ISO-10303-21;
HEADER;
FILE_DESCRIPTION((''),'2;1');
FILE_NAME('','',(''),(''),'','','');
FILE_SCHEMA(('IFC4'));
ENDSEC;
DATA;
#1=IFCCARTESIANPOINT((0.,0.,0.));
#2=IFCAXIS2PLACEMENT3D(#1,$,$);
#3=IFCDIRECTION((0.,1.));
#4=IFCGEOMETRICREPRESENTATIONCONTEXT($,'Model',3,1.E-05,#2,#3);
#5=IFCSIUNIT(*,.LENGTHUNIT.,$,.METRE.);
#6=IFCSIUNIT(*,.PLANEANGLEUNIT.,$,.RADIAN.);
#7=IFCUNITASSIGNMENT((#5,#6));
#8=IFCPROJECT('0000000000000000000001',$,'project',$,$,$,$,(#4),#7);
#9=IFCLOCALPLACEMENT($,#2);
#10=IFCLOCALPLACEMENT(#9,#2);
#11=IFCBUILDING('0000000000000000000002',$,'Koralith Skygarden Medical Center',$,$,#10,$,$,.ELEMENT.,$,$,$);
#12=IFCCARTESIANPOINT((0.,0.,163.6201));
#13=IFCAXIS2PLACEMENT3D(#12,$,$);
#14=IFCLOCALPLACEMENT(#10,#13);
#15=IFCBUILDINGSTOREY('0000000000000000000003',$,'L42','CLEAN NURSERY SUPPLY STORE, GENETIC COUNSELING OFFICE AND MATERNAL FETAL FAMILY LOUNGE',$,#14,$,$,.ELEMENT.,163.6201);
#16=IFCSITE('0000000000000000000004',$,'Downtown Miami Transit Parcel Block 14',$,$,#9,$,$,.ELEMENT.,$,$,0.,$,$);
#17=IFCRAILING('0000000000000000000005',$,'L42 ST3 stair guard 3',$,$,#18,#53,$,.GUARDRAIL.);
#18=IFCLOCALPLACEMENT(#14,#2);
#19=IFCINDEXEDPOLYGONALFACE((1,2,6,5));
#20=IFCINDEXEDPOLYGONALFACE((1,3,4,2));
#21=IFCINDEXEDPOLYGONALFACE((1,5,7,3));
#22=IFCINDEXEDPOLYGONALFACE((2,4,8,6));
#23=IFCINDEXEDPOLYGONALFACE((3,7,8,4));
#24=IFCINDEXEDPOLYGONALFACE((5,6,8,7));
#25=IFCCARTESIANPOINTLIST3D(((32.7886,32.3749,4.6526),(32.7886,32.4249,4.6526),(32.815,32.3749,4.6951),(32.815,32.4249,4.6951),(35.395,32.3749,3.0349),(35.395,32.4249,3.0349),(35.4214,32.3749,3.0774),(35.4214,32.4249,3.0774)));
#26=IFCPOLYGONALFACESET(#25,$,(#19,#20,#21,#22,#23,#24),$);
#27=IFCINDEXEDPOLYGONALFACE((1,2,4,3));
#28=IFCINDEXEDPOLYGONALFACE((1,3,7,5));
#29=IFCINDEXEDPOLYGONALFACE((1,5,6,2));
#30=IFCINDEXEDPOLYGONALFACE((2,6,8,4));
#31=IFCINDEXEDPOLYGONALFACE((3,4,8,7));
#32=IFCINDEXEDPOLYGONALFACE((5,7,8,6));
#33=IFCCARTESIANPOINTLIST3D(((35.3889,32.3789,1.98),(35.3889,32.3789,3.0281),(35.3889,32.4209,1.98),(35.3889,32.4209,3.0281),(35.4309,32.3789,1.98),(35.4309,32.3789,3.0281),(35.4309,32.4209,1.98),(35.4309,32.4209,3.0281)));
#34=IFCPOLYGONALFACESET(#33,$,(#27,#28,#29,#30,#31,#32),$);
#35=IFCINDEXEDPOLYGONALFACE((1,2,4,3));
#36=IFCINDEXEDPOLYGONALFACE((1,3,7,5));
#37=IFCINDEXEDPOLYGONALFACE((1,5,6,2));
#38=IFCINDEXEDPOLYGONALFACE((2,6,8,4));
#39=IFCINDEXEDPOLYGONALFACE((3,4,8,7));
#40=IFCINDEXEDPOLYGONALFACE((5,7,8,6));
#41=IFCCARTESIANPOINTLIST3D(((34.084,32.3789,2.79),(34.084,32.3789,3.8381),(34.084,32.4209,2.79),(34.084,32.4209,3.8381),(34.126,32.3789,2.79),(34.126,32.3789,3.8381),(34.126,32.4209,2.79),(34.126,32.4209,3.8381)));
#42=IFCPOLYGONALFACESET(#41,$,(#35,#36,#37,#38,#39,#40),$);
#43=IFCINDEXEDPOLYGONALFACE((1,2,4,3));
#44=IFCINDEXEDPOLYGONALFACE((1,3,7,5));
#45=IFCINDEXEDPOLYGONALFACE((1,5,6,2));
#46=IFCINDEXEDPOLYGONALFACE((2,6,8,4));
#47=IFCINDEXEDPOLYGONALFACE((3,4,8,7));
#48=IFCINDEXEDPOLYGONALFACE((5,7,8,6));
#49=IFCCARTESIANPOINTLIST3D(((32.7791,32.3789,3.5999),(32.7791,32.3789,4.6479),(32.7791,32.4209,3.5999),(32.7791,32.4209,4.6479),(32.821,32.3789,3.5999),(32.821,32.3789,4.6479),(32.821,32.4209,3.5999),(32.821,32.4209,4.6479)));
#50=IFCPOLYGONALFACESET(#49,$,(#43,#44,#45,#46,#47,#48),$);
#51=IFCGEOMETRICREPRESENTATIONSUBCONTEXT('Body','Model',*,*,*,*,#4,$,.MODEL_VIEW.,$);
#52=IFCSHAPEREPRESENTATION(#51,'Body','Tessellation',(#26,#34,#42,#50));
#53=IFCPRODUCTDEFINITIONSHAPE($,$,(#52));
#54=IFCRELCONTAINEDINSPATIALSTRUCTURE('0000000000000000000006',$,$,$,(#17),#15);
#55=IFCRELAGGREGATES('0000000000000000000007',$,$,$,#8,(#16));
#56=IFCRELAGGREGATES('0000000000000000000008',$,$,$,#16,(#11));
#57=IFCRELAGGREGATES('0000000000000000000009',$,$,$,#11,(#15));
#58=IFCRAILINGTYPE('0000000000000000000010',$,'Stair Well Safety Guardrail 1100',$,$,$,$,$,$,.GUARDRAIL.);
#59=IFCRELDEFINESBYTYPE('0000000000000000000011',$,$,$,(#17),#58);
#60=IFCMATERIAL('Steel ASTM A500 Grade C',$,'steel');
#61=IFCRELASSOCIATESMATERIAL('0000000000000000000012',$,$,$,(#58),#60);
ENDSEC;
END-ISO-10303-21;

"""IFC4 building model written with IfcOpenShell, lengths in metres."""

from ifc_helpers import new_model, si_unit, direction, frame, origin, origin_2d, place, context, subcontext, project, spatial, rectangle, extrude, material, type_object, element, save


model = new_model("IFC4")

# Units and contexts
model_context = context("Model", 3, precision=1e-05, world=origin(), true_north=direction((0.0, 1.0)))
body_context = subcontext(model_context, "Body", "Model", "MODEL_VIEW")
ifc_project = project(units=[si_unit("LENGTHUNIT", "METRE"), si_unit("PLANEANGLEUNIT", "RADIAN")], contexts=[model_context])

# Site, building, storey
site_placement = place(None, origin())
site = spatial("IfcSite", under=ifc_project, at=site_placement, Name="Downtown Miami Transit Parcel Block 14", CompositionType="ELEMENT", RefElevation=0.0)
building_placement = place(site_placement, origin())
building = spatial("IfcBuilding", under=site, at=building_placement, Name="Koralith Skygarden Medical Center", CompositionType="ELEMENT")
storey_placement = place(building_placement, frame((0.0, 0.0, 163.6201)))
storey = spatial("IfcBuildingStorey", under=building, at=storey_placement, Name="L42", Description="CLEAN NURSERY SUPPLY STORE, GENETIC COUNSELING OFFICE AND MATERNAL FETAL FAMILY LOUNGE", CompositionType="ELEMENT", Elevation=163.6201)

# Shared definitions
ifc_material_1 = material(Name="Steel ASTM A500 Grade C", Category="steel")

# Railing
railing_type_1 = type_object("IfcRailingType", Name="Stair Well Safety Guardrail 1100", PredefinedType="GUARDRAIL", material=ifc_material_1)
railing_1_placement = place(storey_placement, frame((35.4099, 32.3999, 1.98)))
element("IfcRailing", 1, at=railing_1_placement, inside=storey, type_object=railing_type_1, Name="L42 ST3 stair guard 3", PredefinedType="GUARDRAIL", context=body_context, shape_type="SweptSolid", body=[
    extrude(rectangle(XDim=0.05, YDim=0.05, at=origin_2d()), frame((-0.0017, 0.0, 1.0762), z_axis=(-0.849646, 0.0, 0.527353), x_axis=(0.0, -1.0, 0.0)), (0.0, 0.0, 1.0), 3.0676),
    extrude(rectangle(XDim=0.042, YDim=0.042, at=origin_2d()), origin(), (0.0, 0.0, 1.0), 1.0481),
    extrude(rectangle(XDim=0.042, YDim=0.042, at=origin_2d()), frame((-1.3049, 0.0, 0.8101)), (0.0, 0.0, 1.0), 1.0481),
    extrude(rectangle(XDim=0.042, YDim=0.042, at=origin_2d()), frame((-2.6099, 0.0, 1.6199)), (0.0, 0.0, 1.0), 1.0481),
])

save(model, "model.ifc")
